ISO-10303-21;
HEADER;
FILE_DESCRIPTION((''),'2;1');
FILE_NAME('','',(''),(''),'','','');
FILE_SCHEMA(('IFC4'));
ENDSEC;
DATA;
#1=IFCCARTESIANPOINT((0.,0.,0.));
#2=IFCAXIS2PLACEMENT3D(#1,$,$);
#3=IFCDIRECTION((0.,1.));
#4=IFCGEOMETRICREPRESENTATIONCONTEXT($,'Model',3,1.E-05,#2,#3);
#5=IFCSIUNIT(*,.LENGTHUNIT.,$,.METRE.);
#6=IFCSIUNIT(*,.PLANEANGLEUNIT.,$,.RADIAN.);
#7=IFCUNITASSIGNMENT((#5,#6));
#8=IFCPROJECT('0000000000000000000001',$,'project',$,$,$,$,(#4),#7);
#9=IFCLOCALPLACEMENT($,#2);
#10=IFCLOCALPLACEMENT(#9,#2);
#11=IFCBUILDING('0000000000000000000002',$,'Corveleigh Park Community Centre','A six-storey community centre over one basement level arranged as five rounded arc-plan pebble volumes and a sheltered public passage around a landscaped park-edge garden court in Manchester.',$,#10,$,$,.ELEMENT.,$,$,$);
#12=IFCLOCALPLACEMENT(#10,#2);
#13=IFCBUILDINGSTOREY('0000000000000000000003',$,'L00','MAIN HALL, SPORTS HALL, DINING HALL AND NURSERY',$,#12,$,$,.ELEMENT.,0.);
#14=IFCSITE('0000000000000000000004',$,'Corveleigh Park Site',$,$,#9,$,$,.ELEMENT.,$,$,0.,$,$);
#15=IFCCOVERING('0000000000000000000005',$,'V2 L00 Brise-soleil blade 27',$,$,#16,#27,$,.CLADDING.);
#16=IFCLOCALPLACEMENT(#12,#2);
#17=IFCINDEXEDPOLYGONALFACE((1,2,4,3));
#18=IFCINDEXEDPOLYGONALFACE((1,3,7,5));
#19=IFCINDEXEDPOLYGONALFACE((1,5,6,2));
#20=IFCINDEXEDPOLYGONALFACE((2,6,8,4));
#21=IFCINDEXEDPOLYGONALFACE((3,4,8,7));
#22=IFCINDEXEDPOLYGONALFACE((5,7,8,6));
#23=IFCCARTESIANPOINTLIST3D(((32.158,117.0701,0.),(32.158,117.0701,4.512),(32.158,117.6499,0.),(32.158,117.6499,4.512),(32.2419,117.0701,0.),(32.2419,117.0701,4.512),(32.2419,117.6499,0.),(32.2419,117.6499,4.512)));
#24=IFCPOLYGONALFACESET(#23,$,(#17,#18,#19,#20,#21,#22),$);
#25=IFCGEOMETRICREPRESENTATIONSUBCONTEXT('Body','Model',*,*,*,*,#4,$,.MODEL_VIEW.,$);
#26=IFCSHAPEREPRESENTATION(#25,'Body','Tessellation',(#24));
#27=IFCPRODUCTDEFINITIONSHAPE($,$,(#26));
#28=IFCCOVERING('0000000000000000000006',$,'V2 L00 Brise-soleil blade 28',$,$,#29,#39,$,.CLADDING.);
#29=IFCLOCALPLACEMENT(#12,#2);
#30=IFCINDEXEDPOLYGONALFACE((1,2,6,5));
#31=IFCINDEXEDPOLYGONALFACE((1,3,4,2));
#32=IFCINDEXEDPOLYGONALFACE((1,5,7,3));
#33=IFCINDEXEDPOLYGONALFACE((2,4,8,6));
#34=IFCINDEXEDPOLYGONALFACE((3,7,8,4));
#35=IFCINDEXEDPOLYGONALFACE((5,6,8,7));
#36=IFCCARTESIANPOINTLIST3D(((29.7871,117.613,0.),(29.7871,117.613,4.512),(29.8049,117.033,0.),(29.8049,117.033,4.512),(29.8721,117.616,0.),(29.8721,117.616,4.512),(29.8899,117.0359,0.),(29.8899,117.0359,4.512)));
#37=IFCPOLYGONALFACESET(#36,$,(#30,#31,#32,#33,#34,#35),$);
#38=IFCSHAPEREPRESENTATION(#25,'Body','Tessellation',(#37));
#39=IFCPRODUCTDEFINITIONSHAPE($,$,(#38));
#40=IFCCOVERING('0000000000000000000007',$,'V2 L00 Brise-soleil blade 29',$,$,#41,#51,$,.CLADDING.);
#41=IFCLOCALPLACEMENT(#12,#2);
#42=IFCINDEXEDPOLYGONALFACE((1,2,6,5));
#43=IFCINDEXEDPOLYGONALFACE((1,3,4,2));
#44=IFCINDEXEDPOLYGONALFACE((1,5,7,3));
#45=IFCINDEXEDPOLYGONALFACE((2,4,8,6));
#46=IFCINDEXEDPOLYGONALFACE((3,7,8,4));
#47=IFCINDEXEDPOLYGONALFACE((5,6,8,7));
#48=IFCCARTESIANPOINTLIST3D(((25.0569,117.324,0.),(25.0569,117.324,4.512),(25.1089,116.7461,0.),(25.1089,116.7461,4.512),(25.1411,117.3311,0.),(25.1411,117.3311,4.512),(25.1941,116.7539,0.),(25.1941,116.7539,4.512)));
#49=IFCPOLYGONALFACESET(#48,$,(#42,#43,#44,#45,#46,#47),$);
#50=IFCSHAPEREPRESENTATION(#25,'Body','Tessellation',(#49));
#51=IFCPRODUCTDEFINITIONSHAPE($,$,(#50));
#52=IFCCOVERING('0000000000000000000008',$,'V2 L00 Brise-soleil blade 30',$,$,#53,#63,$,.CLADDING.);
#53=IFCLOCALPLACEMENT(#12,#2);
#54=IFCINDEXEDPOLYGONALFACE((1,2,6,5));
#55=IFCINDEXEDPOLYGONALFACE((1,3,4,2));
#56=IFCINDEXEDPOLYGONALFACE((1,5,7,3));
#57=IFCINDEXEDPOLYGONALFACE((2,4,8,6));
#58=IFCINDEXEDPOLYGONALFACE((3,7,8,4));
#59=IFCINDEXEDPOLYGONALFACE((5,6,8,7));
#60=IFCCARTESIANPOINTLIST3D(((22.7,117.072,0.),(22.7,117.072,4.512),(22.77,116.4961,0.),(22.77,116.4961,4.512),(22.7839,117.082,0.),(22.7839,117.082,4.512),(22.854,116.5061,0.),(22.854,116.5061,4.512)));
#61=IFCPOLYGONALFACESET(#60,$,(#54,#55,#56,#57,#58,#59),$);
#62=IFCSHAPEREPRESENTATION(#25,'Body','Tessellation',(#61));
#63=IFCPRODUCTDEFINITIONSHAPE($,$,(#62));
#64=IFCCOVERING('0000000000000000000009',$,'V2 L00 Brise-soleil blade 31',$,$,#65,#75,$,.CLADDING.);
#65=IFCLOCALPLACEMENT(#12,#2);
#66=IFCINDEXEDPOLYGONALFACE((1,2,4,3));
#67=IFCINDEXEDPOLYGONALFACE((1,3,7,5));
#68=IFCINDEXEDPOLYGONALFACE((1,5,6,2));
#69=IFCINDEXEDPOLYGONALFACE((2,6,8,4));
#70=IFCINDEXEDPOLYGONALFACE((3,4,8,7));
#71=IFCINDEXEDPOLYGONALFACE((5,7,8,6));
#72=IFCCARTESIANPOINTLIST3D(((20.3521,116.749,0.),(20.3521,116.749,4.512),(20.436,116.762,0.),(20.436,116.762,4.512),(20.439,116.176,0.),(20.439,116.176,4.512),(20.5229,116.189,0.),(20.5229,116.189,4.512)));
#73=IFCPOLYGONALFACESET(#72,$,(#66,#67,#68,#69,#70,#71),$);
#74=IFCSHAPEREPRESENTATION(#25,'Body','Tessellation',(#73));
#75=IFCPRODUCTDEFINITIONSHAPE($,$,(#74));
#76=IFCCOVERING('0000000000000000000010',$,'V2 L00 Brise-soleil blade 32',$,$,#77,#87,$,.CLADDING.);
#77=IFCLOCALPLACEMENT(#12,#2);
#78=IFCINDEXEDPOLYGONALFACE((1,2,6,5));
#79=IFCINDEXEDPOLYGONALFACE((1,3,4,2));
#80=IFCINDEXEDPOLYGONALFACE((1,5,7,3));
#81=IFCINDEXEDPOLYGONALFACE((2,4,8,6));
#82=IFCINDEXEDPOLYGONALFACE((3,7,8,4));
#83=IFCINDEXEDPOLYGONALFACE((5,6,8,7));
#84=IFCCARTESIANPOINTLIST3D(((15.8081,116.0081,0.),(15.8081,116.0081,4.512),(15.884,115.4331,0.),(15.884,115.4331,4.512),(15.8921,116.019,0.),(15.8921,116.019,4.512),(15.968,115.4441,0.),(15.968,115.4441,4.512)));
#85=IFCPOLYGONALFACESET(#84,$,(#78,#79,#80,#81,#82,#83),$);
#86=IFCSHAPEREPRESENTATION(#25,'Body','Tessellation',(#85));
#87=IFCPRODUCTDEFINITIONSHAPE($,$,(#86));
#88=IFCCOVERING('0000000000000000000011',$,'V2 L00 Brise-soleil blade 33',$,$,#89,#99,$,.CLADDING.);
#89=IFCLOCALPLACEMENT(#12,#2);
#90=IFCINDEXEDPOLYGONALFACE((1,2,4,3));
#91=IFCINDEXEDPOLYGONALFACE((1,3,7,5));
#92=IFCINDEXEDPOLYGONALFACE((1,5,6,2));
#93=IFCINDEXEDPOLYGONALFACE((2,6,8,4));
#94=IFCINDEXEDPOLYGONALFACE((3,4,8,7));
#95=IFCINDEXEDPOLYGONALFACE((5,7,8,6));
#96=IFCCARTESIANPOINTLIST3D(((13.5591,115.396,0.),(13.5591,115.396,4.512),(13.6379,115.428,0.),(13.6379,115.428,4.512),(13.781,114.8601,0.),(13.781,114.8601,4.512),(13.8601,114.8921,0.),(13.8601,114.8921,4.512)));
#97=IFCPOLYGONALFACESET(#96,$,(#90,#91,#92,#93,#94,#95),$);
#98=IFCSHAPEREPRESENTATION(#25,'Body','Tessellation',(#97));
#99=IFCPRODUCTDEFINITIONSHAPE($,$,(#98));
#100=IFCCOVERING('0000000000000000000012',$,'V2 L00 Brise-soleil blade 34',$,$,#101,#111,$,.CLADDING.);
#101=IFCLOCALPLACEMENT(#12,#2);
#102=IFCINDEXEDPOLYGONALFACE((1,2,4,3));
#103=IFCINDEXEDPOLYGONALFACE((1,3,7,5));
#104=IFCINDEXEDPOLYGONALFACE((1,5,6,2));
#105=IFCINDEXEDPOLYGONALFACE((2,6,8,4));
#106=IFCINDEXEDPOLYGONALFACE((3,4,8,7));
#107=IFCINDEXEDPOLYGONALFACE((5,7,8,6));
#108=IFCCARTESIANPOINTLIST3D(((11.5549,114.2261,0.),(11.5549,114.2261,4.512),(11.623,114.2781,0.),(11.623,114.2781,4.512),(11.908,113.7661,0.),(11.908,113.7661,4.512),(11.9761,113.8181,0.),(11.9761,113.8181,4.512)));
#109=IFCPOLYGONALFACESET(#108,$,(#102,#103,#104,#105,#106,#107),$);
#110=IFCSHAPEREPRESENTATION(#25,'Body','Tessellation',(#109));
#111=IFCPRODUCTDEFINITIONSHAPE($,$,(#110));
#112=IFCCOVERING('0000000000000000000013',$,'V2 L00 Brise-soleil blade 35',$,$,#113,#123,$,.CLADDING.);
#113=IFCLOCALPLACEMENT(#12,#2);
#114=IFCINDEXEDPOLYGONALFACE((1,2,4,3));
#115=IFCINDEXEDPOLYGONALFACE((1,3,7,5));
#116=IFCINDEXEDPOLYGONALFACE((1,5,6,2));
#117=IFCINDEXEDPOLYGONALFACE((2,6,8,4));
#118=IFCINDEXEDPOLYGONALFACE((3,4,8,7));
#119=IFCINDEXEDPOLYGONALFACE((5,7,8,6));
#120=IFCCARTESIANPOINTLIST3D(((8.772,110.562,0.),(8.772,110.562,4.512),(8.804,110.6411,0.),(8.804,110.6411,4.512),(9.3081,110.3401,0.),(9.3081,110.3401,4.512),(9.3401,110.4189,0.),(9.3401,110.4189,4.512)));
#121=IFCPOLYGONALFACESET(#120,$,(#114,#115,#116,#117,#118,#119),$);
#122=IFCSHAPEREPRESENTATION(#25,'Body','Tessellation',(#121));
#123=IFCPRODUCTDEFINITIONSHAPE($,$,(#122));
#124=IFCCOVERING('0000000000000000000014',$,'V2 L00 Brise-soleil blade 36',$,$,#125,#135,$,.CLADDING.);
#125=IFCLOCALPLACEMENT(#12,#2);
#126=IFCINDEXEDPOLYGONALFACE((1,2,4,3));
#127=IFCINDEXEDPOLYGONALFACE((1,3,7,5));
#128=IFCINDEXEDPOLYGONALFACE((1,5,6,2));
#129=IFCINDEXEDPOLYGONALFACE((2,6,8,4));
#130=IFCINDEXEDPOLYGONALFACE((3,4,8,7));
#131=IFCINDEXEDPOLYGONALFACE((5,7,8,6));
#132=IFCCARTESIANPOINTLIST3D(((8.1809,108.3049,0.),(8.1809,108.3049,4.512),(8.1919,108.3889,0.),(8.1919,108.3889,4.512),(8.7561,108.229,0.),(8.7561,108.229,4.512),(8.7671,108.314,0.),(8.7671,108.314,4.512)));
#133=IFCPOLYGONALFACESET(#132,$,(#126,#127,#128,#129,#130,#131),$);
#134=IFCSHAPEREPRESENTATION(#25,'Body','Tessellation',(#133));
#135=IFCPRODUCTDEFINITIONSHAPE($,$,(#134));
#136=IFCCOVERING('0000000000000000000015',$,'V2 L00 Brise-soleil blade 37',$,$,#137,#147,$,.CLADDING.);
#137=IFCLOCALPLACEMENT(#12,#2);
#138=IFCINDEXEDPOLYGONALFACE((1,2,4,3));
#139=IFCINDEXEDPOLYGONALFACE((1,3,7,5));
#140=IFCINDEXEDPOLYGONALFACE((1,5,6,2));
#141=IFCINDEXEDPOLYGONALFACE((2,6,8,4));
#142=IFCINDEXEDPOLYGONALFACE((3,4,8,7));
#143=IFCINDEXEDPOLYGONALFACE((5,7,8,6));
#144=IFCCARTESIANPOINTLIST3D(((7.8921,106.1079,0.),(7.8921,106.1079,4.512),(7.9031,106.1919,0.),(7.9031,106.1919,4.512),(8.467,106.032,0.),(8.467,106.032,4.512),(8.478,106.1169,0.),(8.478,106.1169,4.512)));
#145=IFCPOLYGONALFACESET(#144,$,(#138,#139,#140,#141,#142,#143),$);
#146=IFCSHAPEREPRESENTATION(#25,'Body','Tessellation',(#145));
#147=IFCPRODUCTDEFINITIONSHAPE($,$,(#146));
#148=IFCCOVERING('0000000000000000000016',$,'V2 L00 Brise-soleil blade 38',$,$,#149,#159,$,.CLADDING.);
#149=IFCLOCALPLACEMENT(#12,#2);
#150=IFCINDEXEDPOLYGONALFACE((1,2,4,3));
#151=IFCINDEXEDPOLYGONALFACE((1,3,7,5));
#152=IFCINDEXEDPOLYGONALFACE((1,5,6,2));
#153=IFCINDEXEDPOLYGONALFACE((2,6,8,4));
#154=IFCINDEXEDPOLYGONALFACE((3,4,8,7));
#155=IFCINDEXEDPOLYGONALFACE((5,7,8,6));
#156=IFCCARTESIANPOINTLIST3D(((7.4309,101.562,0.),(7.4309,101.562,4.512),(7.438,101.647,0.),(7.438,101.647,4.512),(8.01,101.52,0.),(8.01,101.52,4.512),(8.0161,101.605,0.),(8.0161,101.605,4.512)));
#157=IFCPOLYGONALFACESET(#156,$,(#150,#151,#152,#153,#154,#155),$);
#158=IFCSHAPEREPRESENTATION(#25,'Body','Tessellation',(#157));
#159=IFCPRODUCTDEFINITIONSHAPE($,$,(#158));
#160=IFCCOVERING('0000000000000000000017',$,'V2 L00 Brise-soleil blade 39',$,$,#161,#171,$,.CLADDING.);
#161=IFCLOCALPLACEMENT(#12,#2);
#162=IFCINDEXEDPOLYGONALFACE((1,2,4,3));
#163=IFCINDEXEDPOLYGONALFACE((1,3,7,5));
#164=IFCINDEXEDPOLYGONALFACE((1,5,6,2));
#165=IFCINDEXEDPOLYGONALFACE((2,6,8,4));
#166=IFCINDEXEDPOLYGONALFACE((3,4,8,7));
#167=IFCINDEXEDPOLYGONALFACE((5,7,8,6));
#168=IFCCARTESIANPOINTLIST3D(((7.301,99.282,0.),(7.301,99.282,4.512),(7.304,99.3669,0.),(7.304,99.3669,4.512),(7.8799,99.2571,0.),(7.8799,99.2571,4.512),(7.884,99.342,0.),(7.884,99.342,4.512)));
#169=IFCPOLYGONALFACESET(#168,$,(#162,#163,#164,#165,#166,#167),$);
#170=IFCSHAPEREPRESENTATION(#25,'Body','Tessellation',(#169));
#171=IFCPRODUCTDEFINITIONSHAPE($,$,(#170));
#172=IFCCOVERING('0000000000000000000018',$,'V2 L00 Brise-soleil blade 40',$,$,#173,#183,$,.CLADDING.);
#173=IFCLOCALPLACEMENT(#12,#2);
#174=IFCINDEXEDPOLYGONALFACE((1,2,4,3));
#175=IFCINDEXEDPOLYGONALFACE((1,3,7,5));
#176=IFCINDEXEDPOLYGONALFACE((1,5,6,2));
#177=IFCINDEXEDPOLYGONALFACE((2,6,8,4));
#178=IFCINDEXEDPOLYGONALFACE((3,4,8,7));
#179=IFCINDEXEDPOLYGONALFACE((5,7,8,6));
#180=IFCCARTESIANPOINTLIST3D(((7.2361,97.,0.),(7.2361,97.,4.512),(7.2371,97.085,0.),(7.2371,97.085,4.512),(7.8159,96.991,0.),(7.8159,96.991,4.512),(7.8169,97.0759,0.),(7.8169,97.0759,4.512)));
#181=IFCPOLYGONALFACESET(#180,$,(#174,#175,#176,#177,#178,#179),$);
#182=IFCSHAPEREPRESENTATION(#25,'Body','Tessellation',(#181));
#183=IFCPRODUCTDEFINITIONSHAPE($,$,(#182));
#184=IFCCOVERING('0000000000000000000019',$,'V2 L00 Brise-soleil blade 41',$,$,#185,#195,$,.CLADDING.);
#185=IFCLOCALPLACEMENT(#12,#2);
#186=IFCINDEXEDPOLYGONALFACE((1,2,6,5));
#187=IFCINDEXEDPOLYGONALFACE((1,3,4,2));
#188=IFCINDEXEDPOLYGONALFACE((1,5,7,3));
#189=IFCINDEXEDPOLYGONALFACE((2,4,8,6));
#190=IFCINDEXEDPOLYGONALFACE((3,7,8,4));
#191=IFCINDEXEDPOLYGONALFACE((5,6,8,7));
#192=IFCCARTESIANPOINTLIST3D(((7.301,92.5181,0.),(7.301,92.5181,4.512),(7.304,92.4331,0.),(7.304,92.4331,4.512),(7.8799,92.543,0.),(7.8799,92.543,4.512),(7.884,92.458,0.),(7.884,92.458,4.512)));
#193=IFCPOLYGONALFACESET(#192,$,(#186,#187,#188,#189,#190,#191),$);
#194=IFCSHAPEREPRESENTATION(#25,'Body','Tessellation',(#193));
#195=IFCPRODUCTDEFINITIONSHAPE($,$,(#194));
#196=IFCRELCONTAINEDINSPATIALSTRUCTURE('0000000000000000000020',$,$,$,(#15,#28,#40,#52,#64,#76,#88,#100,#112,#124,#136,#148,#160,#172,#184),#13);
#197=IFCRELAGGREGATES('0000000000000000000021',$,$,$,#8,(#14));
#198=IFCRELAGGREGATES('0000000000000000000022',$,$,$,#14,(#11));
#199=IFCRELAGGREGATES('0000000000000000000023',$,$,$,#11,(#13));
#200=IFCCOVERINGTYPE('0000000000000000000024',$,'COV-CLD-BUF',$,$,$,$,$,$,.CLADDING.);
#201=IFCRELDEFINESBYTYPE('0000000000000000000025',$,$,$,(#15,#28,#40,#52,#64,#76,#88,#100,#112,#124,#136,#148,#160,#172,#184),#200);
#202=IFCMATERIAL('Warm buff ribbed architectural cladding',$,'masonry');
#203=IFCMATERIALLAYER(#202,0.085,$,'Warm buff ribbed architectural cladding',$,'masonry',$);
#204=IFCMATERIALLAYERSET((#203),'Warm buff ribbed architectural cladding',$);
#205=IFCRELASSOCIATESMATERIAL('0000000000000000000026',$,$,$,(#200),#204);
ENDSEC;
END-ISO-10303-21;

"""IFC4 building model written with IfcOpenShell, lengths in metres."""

from ifc_helpers import new_model, si_unit, direction, origin, place, context, subcontext, project, spatial, polyline, outline, extrude, material, layer, layer_set, type_object, element, save


model = new_model("IFC4")

# Units and contexts
model_context = context("Model", 3, precision=1e-05, world=origin(), true_north=direction((0.0, 1.0)))
body_context = subcontext(model_context, "Body", "Model", "MODEL_VIEW")
ifc_project = project(units=[si_unit("LENGTHUNIT", "METRE"), si_unit("PLANEANGLEUNIT", "RADIAN")], contexts=[model_context])

# Site, building, storey
site_placement = place(None, origin())
site = spatial("IfcSite", under=ifc_project, at=site_placement, Name="Corveleigh Park Site", CompositionType="ELEMENT", RefElevation=0.0)
building_placement = place(site_placement, origin())
building = spatial("IfcBuilding", under=site, at=building_placement, Name="Corveleigh Park Community Centre", Description="A six-storey community centre over one basement level arranged as five rounded arc-plan pebble volumes and a sheltered public passage around a landscaped park-edge garden court in Manchester.", CompositionType="ELEMENT")
storey_placement = place(building_placement, origin())
storey = spatial("IfcBuildingStorey", under=building, at=storey_placement, Name="L00", Description="MAIN HALL, SPORTS HALL, DINING HALL AND NURSERY", CompositionType="ELEMENT", Elevation=0.0)

# Coverings
ifc_material = material(Name="Warm buff ribbed architectural cladding", Category="masonry")
ifc_layer = layer(ifc_material, 0.085, Name="Warm buff ribbed architectural cladding", Category="masonry")
ifc_layer_set = layer_set([ifc_layer], Name="Warm buff ribbed architectural cladding")
covering_type = type_object("IfcCoveringType", Name="COV-CLD-BUF", PredefinedType="CLADDING", material=ifc_layer_set)
covering_1_placement = place(storey_placement, origin())
element("IfcCovering", 1, at=covering_1_placement, inside=storey, type_object=covering_type, Name="V2 L00 Brise-soleil blade 27", PredefinedType="CLADDING", context=body_context, shape_type="SweptSolid", body=[
    extrude(outline(polyline([(32.158, 117.0701), (32.2419, 117.0701), (32.2419, 117.6499), (32.158, 117.6499), (32.158, 117.0701)])), origin(), (0.0, 0.0, 1.0), 4.512),
])
covering_2_placement = place(storey_placement, origin())
element("IfcCovering", 2, at=covering_2_placement, inside=storey, type_object=covering_type, Name="V2 L00 Brise-soleil blade 28", PredefinedType="CLADDING", context=body_context, shape_type="SweptSolid", body=[
    extrude(outline(polyline([(29.8049, 117.033), (29.8899, 117.0359), (29.8721, 117.616), (29.7871, 117.613), (29.8049, 117.033)])), origin(), (0.0, 0.0, 1.0), 4.512),
])
covering_3_placement = place(storey_placement, origin())
element("IfcCovering", 3, at=covering_3_placement, inside=storey, type_object=covering_type, Name="V2 L00 Brise-soleil blade 29", PredefinedType="CLADDING", context=body_context, shape_type="SweptSolid", body=[
    extrude(outline(polyline([(25.1089, 116.7461), (25.1941, 116.7539), (25.1411, 117.3311), (25.0569, 117.324), (25.1089, 116.7461)])), origin(), (0.0, 0.0, 1.0), 4.512),
])
covering_4_placement = place(storey_placement, origin())
element("IfcCovering", 4, at=covering_4_placement, inside=storey, type_object=covering_type, Name="V2 L00 Brise-soleil blade 30", PredefinedType="CLADDING", context=body_context, shape_type="SweptSolid", body=[
    extrude(outline(polyline([(22.77, 116.4961), (22.854, 116.5061), (22.7839, 117.082), (22.7, 117.072), (22.77, 116.4961)])), origin(), (0.0, 0.0, 1.0), 4.512),
])
covering_5_placement = place(storey_placement, origin())
element("IfcCovering", 5, at=covering_5_placement, inside=storey, type_object=covering_type, Name="V2 L00 Brise-soleil blade 31", PredefinedType="CLADDING", context=body_context, shape_type="SweptSolid", body=[
    extrude(outline(polyline([(20.439, 116.176), (20.5229, 116.189), (20.436, 116.762), (20.3521, 116.749), (20.439, 116.176)])), origin(), (0.0, 0.0, 1.0), 4.512),
])
covering_6_placement = place(storey_placement, origin())
element("IfcCovering", 6, at=covering_6_placement, inside=storey, type_object=covering_type, Name="V2 L00 Brise-soleil blade 32", PredefinedType="CLADDING", context=body_context, shape_type="SweptSolid", body=[
    extrude(outline(polyline([(15.884, 115.4331), (15.968, 115.4441), (15.8921, 116.019), (15.8081, 116.0081), (15.884, 115.4331)])), origin(), (0.0, 0.0, 1.0), 4.512),
])
covering_7_placement = place(storey_placement, origin())
element("IfcCovering", 7, at=covering_7_placement, inside=storey, type_object=covering_type, Name="V2 L00 Brise-soleil blade 33", PredefinedType="CLADDING", context=body_context, shape_type="SweptSolid", body=[
    extrude(outline(polyline([(13.781, 114.8601), (13.8601, 114.8921), (13.6379, 115.428), (13.5591, 115.396), (13.781, 114.8601)])), origin(), (0.0, 0.0, 1.0), 4.512),
])
covering_8_placement = place(storey_placement, origin())
element("IfcCovering", 8, at=covering_8_placement, inside=storey, type_object=covering_type, Name="V2 L00 Brise-soleil blade 34", PredefinedType="CLADDING", context=body_context, shape_type="SweptSolid", body=[
    extrude(outline(polyline([(11.908, 113.7661), (11.9761, 113.8181), (11.623, 114.2781), (11.5549, 114.2261), (11.908, 113.7661)])), origin(), (0.0, 0.0, 1.0), 4.512),
])
covering_9_placement = place(storey_placement, origin())
element("IfcCovering", 9, at=covering_9_placement, inside=storey, type_object=covering_type, Name="V2 L00 Brise-soleil blade 35", PredefinedType="CLADDING", context=body_context, shape_type="SweptSolid", body=[
    extrude(outline(polyline([(9.3081, 110.3401), (9.3401, 110.4189), (8.804, 110.6411), (8.772, 110.562), (9.3081, 110.3401)])), origin(), (0.0, 0.0, 1.0), 4.512),
])
covering_10_placement = place(storey_placement, origin())
element("IfcCovering", 10, at=covering_10_placement, inside=storey, type_object=covering_type, Name="V2 L00 Brise-soleil blade 36", PredefinedType="CLADDING", context=body_context, shape_type="SweptSolid", body=[
    extrude(outline(polyline([(8.7561, 108.229), (8.7671, 108.314), (8.1919, 108.3889), (8.1809, 108.3049), (8.7561, 108.229)])), origin(), (0.0, 0.0, 1.0), 4.512),
])
covering_11_placement = place(storey_placement, origin())
element("IfcCovering", 11, at=covering_11_placement, inside=storey, type_object=covering_type, Name="V2 L00 Brise-soleil blade 37", PredefinedType="CLADDING", context=body_context, shape_type="SweptSolid", body=[
    extrude(outline(polyline([(8.467, 106.032), (8.478, 106.1169), (7.9031, 106.1919), (7.8921, 106.1079), (8.467, 106.032)])), origin(), (0.0, 0.0, 1.0), 4.512),
])
covering_12_placement = place(storey_placement, origin())
element("IfcCovering", 12, at=covering_12_placement, inside=storey, type_object=covering_type, Name="V2 L00 Brise-soleil blade 38", PredefinedType="CLADDING", context=body_context, shape_type="SweptSolid", body=[
    extrude(outline(polyline([(8.01, 101.52), (8.0161, 101.605), (7.438, 101.647), (7.4309, 101.562), (8.01, 101.52)])), origin(), (0.0, 0.0, 1.0), 4.512),
])
covering_13_placement = place(storey_placement, origin())
element("IfcCovering", 13, at=covering_13_placement, inside=storey, type_object=covering_type, Name="V2 L00 Brise-soleil blade 39", PredefinedType="CLADDING", context=body_context, shape_type="SweptSolid", body=[
    extrude(outline(polyline([(7.8799, 99.2571), (7.884, 99.342), (7.304, 99.3669), (7.301, 99.282), (7.8799, 99.2571)])), origin(), (0.0, 0.0, 1.0), 4.512),
])
covering_14_placement = place(storey_placement, origin())
element("IfcCovering", 14, at=covering_14_placement, inside=storey, type_object=covering_type, Name="V2 L00 Brise-soleil blade 40", PredefinedType="CLADDING", context=body_context, shape_type="SweptSolid", body=[
    extrude(outline(polyline([(7.8159, 96.991), (7.8169, 97.0759), (7.2371, 97.085), (7.2361, 97.0), (7.8159, 96.991)])), origin(), (0.0, 0.0, 1.0), 4.512),
])
covering_15_placement = place(storey_placement, origin())
element("IfcCovering", 15, at=covering_15_placement, inside=storey, type_object=covering_type, Name="V2 L00 Brise-soleil blade 41", PredefinedType="CLADDING", context=body_context, shape_type="SweptSolid", body=[
    extrude(outline(polyline([(7.884, 92.458), (7.8799, 92.543), (7.301, 92.5181), (7.304, 92.4331), (7.884, 92.458)])), origin(), (0.0, 0.0, 1.0), 4.512),
])

save(model, "model.ifc")
